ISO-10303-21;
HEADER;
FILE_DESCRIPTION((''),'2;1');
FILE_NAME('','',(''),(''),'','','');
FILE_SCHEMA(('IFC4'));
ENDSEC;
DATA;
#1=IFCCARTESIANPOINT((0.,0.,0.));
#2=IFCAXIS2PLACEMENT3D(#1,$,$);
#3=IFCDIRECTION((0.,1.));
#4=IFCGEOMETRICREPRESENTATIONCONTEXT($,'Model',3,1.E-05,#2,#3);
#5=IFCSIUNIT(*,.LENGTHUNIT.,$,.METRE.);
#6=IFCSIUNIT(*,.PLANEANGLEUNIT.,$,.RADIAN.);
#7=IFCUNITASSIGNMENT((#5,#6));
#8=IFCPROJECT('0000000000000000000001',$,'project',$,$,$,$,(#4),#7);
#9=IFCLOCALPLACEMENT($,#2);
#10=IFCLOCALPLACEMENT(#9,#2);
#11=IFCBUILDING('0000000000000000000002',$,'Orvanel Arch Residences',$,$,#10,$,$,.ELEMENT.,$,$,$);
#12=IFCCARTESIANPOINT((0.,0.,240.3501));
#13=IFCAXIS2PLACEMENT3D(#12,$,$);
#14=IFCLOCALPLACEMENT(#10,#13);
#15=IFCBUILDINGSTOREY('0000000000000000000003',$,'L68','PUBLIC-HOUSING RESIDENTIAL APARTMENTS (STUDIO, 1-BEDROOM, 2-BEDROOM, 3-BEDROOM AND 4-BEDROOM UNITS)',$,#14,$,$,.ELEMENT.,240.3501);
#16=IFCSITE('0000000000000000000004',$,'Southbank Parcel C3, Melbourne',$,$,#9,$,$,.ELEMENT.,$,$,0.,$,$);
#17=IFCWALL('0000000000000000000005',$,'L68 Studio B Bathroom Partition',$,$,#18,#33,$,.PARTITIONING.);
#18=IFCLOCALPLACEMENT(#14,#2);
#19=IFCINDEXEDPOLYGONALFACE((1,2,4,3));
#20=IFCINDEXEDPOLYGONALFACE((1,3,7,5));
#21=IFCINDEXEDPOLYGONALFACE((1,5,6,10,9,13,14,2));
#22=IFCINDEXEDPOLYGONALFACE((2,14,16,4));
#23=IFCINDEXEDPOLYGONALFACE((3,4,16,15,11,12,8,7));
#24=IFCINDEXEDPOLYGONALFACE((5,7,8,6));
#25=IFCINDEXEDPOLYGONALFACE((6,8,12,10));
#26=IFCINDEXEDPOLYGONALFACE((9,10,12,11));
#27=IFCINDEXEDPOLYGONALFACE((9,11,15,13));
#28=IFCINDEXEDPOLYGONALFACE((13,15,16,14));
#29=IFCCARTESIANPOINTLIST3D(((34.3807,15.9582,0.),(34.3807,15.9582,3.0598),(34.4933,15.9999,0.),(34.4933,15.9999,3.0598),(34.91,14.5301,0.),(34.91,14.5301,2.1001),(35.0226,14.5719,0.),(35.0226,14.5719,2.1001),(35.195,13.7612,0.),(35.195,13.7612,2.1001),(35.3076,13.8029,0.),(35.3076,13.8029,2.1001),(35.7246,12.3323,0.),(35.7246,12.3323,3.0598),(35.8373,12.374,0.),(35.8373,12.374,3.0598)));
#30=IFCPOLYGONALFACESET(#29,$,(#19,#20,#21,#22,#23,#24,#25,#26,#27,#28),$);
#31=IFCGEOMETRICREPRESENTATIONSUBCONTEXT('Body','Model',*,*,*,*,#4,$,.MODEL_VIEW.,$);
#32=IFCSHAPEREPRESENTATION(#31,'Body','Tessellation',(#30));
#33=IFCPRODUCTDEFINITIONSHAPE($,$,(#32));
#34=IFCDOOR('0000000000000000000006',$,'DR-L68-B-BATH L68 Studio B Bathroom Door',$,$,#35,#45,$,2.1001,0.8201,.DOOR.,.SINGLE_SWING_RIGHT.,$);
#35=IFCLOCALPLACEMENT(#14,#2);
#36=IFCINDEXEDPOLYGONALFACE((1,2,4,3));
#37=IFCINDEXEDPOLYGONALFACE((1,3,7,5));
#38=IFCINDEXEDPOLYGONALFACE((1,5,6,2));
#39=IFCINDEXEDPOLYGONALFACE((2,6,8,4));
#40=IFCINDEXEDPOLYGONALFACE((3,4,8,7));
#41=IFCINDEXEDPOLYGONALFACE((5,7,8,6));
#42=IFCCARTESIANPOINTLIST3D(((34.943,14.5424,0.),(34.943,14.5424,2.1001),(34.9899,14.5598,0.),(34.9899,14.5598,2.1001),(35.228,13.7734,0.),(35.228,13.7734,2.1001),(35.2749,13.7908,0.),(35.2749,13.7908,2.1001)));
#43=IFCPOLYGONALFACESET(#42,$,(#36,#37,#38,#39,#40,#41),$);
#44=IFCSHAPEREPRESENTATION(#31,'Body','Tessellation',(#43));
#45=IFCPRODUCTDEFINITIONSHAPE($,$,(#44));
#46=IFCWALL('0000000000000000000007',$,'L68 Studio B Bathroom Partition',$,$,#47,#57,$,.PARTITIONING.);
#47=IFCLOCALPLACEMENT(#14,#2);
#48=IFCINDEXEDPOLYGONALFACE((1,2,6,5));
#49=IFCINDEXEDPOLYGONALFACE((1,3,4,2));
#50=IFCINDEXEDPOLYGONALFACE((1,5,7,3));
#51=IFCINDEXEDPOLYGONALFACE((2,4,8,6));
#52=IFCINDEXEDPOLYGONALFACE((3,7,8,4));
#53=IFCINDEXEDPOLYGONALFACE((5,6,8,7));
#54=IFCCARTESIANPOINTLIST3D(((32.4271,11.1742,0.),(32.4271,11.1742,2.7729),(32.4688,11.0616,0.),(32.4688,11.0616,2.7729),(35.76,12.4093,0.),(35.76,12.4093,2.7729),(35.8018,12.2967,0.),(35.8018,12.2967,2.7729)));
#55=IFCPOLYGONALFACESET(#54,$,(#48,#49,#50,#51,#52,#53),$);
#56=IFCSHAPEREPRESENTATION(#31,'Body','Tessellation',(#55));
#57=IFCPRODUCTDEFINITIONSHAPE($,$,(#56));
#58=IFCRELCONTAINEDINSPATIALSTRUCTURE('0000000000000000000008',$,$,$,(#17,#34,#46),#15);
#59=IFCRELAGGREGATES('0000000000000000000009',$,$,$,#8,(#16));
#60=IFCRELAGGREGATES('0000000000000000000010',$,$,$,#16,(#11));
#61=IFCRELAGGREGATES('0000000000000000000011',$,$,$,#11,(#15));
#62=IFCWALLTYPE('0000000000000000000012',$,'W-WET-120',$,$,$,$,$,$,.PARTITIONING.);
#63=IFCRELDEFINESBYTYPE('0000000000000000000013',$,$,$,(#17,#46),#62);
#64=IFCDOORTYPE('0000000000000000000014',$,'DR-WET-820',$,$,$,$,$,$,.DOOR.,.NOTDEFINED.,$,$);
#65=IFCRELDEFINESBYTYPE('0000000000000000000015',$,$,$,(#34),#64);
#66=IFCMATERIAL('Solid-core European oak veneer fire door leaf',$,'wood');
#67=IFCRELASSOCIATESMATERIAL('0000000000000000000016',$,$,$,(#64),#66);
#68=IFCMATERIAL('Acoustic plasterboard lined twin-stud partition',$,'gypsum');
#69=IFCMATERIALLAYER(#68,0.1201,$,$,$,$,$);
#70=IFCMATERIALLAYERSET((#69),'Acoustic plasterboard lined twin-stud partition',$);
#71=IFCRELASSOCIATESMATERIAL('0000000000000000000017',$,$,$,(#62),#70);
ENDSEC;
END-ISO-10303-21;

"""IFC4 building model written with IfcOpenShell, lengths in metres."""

from ifc_helpers import new_model, si_unit, direction, frame, frame_2d, origin, place, context, subcontext, project, spatial, rectangle, extrude, material, layer, layer_set, type_object, element, fill, save


model = new_model("IFC4")

# Units and contexts
model_context = context("Model", 3, precision=1e-05, world=origin(), true_north=direction((0.0, 1.0)))
body_context = subcontext(model_context, "Body", "Model", "MODEL_VIEW")
ifc_project = project(units=[si_unit("LENGTHUNIT", "METRE"), si_unit("PLANEANGLEUNIT", "RADIAN")], contexts=[model_context])

# Site, building, storey
site_placement = place(None, origin())
site = spatial("IfcSite", under=ifc_project, at=site_placement, Name="Southbank Parcel C3, Melbourne", CompositionType="ELEMENT", RefElevation=0.0)
building_placement = place(site_placement, origin())
building = spatial("IfcBuilding", under=site, at=building_placement, Name="Orvanel Arch Residences", CompositionType="ELEMENT")
storey_placement = place(building_placement, frame((0.0, 0.0, 240.3501)))
storey = spatial("IfcBuildingStorey", under=building, at=storey_placement, Name="L68", Description="PUBLIC-HOUSING RESIDENTIAL APARTMENTS (STUDIO, 1-BEDROOM, 2-BEDROOM, 3-BEDROOM AND 4-BEDROOM UNITS)", CompositionType="ELEMENT", Elevation=240.3501)

# Shared definitions
ifc_material_1 = material(Name="Solid-core European oak veneer fire door leaf", Category="wood")

# Shared definitions
door_type_1 = type_object("IfcDoorType", Name="DR-WET-820", OperationType="NOTDEFINED", PredefinedType="DOOR", material=ifc_material_1)

# Wall, opening, door
ifc_material_2 = material(Name="Acoustic plasterboard lined twin-stud partition", Category="gypsum")
ifc_layer_1 = layer(ifc_material_2, 0.1201)
ifc_layer_set_1 = layer_set([ifc_layer_1], Name="Acoustic plasterboard lined twin-stud partition")
wall_type_1 = type_object("IfcWallType", Name="W-WET-120", PredefinedType="PARTITIONING", material=ifc_layer_set_1)
wall_1_placement = place(storey_placement, frame((35.781, 12.353, 0.0), z_axis=(0.0, 0.0, 1.0), x_axis=(-0.347551, 0.937661, 0.0)))
wall_1 = element("IfcWall", 1, at=wall_1_placement, inside=storey, type_object=wall_type_1, Name="L68 Studio B Bathroom Partition", PredefinedType="PARTITIONING", context=body_context, shape_type="SweptSolid", body=[
    extrude(rectangle(XDim=3.8669, YDim=0.1201, at=frame_2d((1.9336, 0.0))), origin(), (0.0, 0.0, 1.0), 3.0598),
])
opening_1_placement = place(wall_1_placement, frame((1.5239, 0.0, 0.0)))
opening_1 = element("IfcOpeningElement", 2, at=opening_1_placement, cuts=wall_1, PredefinedType="OPENING", context=body_context, shape_type="SweptSolid", body=[
    extrude(rectangle(XDim=0.8201, YDim=2.1001, at=frame_2d((0.4102, 1.05))), frame((0.0, 0.0701, 0.0), z_axis=(0.0, -1.0, 0.0), x_axis=(1.0, 0.0, 0.0)), (0.0, 0.0, 1.0), 0.1401),
])
door_1_placement = place(opening_1_placement, origin())
door_1 = element("IfcDoor", 3, at=door_1_placement, inside=storey, type_object=door_type_1, Name="DR-L68-B-BATH L68 Studio B Bathroom Door", OperationType="SINGLE_SWING_RIGHT", OverallHeight=2.1001, OverallWidth=0.8201, PredefinedType="DOOR", context=body_context, shape_type="SweptSolid", body=[
    extrude(rectangle(XDim=0.8201, YDim=2.1001, at=frame_2d((0.4102, 1.05))), frame((0.0, 0.0249, 0.0), z_axis=(0.0, -1.0, 0.0), x_axis=(1.0, 0.0, 0.0)), (0.0, 0.0, 1.0), 0.05),
])
fill(opening_1, door_1)

# Wall
wall_2_placement = place(storey_placement, frame((35.781, 12.353, 0.0), z_axis=(0.0, 0.0, 1.0), x_axis=(-0.937688, -0.347478, 0.0)))
element("IfcWall", 4, at=wall_2_placement, inside=storey, type_object=wall_type_1, Name="L68 Studio B Bathroom Partition", PredefinedType="PARTITIONING", context=body_context, shape_type="SweptSolid", body=[
    extrude(rectangle(XDim=3.5544, YDim=0.1201, at=frame_2d((1.7773, 0.0))), origin(), (0.0, 0.0, 1.0), 2.7729),
])

save(model, "model.ifc")
